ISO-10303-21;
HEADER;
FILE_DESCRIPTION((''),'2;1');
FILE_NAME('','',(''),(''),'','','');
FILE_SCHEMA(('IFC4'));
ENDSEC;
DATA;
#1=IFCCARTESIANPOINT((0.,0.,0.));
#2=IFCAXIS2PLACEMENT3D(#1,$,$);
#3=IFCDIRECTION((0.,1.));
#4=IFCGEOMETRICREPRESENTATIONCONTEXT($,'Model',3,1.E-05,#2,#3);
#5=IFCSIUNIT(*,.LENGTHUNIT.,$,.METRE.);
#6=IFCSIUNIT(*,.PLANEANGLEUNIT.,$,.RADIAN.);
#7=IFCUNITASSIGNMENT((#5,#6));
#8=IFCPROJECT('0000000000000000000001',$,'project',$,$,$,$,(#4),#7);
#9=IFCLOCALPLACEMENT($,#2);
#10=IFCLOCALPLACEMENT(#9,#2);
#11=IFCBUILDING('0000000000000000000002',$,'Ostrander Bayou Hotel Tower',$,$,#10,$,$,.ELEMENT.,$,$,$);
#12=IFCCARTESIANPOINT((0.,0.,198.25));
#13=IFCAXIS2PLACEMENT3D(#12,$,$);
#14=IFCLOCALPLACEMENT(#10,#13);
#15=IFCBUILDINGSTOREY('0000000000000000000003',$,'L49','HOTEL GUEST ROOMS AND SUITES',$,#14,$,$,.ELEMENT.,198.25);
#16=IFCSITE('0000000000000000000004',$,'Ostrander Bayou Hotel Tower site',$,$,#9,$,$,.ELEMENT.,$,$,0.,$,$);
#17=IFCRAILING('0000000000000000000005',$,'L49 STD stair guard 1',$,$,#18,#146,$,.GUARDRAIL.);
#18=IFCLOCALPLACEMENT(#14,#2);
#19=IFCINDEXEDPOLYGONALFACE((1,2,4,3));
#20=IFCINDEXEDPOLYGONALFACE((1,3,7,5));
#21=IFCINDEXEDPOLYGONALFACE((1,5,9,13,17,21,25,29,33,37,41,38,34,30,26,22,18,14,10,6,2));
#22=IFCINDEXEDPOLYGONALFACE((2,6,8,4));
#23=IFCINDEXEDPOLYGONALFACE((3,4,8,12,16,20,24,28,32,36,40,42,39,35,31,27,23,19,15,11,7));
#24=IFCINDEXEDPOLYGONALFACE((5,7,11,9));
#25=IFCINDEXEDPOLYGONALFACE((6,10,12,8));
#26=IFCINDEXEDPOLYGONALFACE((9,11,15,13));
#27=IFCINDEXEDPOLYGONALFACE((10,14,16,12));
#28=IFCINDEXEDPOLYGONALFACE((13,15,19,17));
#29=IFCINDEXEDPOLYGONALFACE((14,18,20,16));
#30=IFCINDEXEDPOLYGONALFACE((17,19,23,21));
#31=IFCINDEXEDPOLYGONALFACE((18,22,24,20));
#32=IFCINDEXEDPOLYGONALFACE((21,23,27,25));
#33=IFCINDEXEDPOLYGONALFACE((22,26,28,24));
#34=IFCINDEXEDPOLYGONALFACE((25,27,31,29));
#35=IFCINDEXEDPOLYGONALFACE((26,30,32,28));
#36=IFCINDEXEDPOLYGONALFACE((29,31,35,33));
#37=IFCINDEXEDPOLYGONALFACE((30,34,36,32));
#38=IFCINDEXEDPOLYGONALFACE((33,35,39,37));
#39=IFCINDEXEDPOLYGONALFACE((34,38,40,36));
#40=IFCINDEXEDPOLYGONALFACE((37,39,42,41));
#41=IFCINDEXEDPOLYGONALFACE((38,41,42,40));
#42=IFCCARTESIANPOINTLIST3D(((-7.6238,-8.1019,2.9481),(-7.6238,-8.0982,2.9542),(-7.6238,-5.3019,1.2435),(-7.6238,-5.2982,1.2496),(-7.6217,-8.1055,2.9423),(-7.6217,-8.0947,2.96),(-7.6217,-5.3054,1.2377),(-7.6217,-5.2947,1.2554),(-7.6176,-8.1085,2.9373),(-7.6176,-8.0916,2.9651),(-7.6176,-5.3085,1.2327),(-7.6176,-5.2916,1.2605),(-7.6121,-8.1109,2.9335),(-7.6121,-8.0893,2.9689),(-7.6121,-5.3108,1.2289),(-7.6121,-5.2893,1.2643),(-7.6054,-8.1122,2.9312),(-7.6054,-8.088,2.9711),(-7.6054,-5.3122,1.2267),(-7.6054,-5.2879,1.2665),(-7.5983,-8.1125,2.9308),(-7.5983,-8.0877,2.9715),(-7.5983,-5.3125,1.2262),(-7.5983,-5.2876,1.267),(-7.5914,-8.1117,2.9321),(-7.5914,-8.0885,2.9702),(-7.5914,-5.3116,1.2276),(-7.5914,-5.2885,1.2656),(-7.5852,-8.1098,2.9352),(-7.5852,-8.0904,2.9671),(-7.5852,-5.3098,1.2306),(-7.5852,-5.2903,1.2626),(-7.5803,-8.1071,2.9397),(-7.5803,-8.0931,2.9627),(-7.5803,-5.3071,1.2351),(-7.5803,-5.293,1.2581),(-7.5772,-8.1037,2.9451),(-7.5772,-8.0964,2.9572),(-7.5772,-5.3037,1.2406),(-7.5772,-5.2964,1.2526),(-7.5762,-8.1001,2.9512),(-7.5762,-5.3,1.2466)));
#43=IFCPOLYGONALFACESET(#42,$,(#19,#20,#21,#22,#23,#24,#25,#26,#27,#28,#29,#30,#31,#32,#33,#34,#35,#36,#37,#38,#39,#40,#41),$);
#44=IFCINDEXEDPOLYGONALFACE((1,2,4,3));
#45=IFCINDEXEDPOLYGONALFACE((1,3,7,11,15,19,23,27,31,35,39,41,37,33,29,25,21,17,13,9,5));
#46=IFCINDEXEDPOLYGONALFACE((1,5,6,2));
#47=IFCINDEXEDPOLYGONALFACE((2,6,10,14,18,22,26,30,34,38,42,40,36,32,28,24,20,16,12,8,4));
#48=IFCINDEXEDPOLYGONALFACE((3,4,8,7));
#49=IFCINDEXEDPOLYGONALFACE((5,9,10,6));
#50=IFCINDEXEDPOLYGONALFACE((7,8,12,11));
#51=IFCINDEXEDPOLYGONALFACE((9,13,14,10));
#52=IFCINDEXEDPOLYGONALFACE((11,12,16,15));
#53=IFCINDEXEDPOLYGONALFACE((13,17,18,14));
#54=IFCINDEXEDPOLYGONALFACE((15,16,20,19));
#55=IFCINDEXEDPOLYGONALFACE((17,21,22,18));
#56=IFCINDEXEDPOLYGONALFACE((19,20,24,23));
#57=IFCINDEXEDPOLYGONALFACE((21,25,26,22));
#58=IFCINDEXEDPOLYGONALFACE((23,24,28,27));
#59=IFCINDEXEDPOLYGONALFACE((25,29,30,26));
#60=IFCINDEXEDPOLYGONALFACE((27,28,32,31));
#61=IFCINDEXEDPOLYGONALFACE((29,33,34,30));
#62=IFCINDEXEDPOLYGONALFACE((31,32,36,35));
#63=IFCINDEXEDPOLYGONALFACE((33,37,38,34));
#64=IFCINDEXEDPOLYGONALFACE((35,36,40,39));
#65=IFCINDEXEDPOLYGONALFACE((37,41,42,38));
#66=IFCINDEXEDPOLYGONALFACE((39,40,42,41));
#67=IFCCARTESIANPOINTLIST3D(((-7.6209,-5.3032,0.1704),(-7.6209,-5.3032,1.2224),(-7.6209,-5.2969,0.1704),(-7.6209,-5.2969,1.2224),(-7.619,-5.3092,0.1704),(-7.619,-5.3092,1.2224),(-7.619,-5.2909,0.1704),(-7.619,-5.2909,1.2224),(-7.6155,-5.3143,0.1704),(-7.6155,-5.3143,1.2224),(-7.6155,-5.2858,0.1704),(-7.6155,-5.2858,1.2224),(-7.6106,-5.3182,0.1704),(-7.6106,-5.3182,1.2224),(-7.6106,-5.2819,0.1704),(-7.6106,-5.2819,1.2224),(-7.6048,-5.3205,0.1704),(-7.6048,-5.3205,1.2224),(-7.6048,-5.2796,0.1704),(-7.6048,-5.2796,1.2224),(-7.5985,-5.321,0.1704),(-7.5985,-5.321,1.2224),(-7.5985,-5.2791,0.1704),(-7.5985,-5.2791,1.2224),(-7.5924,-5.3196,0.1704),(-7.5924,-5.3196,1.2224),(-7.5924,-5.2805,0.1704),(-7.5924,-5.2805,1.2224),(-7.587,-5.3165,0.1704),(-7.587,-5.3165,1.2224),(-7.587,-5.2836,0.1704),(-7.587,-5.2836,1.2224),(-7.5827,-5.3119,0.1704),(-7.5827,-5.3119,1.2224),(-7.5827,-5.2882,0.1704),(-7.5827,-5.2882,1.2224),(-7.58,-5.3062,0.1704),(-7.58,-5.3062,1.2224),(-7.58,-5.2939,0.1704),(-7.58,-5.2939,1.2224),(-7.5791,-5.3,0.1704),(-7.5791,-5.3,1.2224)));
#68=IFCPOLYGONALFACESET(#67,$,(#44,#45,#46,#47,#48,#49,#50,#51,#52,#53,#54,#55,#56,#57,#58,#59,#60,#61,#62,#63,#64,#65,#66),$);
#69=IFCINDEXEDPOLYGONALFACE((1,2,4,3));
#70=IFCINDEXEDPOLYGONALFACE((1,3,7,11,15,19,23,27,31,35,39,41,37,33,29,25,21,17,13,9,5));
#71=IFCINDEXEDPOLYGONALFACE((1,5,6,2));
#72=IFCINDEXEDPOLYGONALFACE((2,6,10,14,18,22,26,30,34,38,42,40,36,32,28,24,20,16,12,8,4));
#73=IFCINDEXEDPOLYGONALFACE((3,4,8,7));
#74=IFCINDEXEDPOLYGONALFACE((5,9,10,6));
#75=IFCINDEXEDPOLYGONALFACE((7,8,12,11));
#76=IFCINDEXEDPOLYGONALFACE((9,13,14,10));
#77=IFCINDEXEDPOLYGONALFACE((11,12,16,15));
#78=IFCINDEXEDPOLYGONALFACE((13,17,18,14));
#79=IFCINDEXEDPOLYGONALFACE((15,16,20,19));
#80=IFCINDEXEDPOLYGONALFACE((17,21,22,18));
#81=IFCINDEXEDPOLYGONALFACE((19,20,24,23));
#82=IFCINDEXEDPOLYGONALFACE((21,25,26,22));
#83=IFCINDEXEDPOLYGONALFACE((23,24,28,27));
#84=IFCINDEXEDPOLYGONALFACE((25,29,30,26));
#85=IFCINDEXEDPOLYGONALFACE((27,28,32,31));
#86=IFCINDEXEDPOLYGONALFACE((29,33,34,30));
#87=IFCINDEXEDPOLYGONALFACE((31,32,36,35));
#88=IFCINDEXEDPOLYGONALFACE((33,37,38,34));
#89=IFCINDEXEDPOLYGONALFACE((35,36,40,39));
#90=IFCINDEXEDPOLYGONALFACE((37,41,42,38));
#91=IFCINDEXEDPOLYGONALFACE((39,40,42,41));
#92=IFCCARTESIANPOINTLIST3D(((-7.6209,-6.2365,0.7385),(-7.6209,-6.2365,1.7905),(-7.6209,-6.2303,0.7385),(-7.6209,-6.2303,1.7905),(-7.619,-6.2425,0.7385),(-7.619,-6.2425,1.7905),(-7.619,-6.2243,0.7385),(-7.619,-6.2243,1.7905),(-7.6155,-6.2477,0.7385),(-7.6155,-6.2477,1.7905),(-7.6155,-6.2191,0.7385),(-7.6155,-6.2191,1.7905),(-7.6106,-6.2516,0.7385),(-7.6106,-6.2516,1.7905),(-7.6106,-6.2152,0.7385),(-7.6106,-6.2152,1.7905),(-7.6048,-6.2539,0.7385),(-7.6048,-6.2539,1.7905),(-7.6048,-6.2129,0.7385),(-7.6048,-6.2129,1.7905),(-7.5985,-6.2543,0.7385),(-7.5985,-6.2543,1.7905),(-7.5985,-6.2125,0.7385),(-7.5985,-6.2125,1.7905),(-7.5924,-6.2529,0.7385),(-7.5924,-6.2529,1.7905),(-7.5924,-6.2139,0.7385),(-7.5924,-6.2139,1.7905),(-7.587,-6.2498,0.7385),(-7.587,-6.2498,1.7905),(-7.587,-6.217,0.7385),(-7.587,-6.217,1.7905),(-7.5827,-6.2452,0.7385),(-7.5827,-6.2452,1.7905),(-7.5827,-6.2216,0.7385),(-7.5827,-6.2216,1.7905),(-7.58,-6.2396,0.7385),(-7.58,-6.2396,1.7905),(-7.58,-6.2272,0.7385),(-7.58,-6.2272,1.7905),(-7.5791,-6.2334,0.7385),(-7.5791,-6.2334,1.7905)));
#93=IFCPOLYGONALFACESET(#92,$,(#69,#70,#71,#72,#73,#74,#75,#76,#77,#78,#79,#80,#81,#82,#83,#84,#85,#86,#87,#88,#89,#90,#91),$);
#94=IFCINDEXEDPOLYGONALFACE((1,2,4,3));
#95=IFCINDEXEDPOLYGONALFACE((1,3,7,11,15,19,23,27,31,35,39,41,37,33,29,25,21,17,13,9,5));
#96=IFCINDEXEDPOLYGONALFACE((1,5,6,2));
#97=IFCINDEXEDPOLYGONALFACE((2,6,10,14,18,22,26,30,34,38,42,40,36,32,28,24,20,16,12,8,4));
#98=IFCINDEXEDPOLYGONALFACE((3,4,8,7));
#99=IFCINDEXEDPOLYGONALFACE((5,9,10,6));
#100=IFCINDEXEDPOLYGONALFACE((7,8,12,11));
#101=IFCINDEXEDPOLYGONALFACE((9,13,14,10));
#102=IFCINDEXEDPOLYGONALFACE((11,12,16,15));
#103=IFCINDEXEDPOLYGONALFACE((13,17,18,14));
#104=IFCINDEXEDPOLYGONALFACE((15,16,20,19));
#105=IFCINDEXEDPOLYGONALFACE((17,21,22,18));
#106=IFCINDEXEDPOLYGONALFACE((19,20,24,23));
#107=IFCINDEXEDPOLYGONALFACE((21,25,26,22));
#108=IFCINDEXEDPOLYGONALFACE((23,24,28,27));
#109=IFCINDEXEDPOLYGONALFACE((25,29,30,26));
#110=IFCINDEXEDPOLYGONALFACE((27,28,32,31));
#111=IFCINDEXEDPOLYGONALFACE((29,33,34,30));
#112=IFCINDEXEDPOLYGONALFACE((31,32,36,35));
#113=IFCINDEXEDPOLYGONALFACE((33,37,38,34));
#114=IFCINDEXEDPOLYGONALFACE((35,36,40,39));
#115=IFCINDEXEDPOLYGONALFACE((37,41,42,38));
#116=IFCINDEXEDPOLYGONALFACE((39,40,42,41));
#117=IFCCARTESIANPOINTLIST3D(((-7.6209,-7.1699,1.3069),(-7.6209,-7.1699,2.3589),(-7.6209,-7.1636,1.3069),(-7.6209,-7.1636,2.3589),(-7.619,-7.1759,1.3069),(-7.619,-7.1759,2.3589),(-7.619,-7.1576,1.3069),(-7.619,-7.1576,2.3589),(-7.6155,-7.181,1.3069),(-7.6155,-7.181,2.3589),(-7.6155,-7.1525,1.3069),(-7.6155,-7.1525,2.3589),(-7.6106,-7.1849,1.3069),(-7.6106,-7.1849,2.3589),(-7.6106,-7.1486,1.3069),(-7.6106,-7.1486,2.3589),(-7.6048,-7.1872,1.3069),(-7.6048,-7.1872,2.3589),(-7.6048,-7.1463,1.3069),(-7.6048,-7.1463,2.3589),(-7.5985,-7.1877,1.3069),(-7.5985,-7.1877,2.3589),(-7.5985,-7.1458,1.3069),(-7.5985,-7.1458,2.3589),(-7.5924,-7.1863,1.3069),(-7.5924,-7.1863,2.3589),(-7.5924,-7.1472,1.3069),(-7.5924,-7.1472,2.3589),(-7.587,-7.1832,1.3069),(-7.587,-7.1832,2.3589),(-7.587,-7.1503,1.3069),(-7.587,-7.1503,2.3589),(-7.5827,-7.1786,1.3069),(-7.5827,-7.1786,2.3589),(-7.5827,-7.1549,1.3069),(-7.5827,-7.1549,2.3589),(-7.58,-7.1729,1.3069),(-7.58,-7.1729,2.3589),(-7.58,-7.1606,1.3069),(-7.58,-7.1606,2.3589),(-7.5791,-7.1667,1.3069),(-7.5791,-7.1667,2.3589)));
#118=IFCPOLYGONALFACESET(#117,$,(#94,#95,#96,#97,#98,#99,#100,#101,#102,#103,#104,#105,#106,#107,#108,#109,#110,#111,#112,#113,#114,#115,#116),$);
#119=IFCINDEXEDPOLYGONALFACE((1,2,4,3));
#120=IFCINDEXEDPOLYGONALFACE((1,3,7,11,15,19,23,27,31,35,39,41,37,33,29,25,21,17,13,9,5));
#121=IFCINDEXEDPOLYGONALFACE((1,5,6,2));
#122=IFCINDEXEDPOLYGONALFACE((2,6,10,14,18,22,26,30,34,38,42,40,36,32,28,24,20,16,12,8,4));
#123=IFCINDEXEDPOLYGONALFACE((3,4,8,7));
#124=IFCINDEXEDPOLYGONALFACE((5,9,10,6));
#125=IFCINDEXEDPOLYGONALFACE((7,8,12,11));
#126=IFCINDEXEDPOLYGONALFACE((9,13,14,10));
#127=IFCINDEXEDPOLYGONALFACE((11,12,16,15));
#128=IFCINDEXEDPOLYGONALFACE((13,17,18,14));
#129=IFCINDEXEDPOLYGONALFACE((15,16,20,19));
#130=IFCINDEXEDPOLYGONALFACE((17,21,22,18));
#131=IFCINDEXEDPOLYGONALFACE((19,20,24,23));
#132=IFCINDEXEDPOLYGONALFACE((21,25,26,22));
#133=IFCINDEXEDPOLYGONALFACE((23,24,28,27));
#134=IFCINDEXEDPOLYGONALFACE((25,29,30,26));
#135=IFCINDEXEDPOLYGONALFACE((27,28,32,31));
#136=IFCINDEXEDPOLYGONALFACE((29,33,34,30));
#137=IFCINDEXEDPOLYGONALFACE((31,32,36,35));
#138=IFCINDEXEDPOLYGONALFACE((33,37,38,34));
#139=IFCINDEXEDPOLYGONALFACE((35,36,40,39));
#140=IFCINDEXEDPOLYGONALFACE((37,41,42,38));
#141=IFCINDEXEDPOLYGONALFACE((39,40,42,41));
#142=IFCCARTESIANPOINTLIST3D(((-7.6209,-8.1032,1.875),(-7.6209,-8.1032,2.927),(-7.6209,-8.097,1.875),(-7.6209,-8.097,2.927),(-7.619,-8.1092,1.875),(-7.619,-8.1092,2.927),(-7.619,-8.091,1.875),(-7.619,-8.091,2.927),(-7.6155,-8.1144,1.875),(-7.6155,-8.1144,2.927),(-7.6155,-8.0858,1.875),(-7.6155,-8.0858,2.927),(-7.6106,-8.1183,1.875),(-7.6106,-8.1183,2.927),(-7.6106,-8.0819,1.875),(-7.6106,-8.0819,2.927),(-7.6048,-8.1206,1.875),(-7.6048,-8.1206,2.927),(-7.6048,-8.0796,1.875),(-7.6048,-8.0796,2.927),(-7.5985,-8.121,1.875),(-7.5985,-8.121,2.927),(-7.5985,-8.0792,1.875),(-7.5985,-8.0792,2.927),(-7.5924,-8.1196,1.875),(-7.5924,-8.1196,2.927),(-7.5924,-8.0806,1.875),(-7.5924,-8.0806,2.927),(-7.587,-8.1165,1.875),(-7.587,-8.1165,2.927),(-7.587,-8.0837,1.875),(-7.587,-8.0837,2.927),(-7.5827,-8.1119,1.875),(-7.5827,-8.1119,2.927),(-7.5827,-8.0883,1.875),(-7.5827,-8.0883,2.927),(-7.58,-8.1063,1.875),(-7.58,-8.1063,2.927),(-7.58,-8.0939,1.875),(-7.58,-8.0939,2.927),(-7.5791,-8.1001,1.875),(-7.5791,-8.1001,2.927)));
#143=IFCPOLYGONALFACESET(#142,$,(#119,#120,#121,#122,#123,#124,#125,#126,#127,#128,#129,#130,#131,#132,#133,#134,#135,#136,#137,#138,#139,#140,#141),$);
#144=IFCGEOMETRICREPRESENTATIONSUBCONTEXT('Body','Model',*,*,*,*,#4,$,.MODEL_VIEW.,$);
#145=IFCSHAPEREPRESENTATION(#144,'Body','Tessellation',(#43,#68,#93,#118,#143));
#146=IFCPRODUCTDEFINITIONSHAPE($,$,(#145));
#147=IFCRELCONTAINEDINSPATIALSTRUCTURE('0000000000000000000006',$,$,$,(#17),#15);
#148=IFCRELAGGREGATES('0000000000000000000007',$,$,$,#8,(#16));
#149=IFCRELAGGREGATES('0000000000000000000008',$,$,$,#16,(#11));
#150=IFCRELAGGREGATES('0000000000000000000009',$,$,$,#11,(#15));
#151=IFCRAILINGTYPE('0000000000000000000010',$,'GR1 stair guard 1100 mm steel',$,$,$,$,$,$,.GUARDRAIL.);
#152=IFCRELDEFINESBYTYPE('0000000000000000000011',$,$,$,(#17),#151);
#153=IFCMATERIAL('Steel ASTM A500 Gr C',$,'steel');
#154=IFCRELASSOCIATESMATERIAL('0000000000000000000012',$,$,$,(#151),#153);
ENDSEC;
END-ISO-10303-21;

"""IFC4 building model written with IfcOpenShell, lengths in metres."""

from ifc_helpers import new_model, si_unit, direction, frame, origin, origin_2d, place, context, subcontext, project, spatial, circle, extrude, material, type_object, element, save


model = new_model("IFC4")

# Units and contexts
model_context = context("Model", 3, precision=1e-05, world=origin(), true_north=direction((0.0, 1.0)))
body_context = subcontext(model_context, "Body", "Model", "MODEL_VIEW")
ifc_project = project(units=[si_unit("LENGTHUNIT", "METRE"), si_unit("PLANEANGLEUNIT", "RADIAN")], contexts=[model_context])

# Site, building, storey
site_placement = place(None, origin())
site = spatial("IfcSite", under=ifc_project, at=site_placement, Name="Ostrander Bayou Hotel Tower site", CompositionType="ELEMENT", RefElevation=0.0)
building_placement = place(site_placement, origin())
building = spatial("IfcBuilding", under=site, at=building_placement, Name="Ostrander Bayou Hotel Tower", CompositionType="ELEMENT")
storey_placement = place(building_placement, frame((0.0, 0.0, 198.25)))
storey = spatial("IfcBuildingStorey", under=building, at=storey_placement, Name="L49", Description="HOTEL GUEST ROOMS AND SUITES", CompositionType="ELEMENT", Elevation=198.25)

# Railing
ifc_material_1 = material(Name="Steel ASTM A500 Gr C", Category="steel")
railing_type_1 = type_object("IfcRailingType", Name="GR1 stair guard 1100 mm steel", PredefinedType="GUARDRAIL", material=ifc_material_1)
railing_1_placement = place(storey_placement, frame((-7.6001, -5.3, 0.1704)))
element("IfcRailing", 1, at=railing_1_placement, inside=storey, type_object=railing_type_1, Name="L49 STD stair guard 1", PredefinedType="GUARDRAIL", context=body_context, shape_type="SweptSolid", body=[
    extrude(circle(Radius=0.0239, at=origin_2d()), frame((0.0, 0.0, 1.0762), z_axis=(0.0, -0.85417, 0.519994), x_axis=(1.0, 0.0, 0.0)), (0.0, 0.0, 1.0), 3.2781),
    extrude(circle(Radius=0.021, at=origin_2d()), origin(), (0.0, 0.0, 1.0), 1.052),
    extrude(circle(Radius=0.021, at=origin_2d()), frame((0.0, -0.9333, 0.5681)), (0.0, 0.0, 1.0), 1.052),
    extrude(circle(Radius=0.021, at=origin_2d()), frame((0.0, -1.8667, 1.1365)), (0.0, 0.0, 1.0), 1.052),
    extrude(circle(Radius=0.021, at=origin_2d()), frame((0.0, -2.8, 1.7046)), (0.0, 0.0, 1.0), 1.052),
])

save(model, "model.ifc")
